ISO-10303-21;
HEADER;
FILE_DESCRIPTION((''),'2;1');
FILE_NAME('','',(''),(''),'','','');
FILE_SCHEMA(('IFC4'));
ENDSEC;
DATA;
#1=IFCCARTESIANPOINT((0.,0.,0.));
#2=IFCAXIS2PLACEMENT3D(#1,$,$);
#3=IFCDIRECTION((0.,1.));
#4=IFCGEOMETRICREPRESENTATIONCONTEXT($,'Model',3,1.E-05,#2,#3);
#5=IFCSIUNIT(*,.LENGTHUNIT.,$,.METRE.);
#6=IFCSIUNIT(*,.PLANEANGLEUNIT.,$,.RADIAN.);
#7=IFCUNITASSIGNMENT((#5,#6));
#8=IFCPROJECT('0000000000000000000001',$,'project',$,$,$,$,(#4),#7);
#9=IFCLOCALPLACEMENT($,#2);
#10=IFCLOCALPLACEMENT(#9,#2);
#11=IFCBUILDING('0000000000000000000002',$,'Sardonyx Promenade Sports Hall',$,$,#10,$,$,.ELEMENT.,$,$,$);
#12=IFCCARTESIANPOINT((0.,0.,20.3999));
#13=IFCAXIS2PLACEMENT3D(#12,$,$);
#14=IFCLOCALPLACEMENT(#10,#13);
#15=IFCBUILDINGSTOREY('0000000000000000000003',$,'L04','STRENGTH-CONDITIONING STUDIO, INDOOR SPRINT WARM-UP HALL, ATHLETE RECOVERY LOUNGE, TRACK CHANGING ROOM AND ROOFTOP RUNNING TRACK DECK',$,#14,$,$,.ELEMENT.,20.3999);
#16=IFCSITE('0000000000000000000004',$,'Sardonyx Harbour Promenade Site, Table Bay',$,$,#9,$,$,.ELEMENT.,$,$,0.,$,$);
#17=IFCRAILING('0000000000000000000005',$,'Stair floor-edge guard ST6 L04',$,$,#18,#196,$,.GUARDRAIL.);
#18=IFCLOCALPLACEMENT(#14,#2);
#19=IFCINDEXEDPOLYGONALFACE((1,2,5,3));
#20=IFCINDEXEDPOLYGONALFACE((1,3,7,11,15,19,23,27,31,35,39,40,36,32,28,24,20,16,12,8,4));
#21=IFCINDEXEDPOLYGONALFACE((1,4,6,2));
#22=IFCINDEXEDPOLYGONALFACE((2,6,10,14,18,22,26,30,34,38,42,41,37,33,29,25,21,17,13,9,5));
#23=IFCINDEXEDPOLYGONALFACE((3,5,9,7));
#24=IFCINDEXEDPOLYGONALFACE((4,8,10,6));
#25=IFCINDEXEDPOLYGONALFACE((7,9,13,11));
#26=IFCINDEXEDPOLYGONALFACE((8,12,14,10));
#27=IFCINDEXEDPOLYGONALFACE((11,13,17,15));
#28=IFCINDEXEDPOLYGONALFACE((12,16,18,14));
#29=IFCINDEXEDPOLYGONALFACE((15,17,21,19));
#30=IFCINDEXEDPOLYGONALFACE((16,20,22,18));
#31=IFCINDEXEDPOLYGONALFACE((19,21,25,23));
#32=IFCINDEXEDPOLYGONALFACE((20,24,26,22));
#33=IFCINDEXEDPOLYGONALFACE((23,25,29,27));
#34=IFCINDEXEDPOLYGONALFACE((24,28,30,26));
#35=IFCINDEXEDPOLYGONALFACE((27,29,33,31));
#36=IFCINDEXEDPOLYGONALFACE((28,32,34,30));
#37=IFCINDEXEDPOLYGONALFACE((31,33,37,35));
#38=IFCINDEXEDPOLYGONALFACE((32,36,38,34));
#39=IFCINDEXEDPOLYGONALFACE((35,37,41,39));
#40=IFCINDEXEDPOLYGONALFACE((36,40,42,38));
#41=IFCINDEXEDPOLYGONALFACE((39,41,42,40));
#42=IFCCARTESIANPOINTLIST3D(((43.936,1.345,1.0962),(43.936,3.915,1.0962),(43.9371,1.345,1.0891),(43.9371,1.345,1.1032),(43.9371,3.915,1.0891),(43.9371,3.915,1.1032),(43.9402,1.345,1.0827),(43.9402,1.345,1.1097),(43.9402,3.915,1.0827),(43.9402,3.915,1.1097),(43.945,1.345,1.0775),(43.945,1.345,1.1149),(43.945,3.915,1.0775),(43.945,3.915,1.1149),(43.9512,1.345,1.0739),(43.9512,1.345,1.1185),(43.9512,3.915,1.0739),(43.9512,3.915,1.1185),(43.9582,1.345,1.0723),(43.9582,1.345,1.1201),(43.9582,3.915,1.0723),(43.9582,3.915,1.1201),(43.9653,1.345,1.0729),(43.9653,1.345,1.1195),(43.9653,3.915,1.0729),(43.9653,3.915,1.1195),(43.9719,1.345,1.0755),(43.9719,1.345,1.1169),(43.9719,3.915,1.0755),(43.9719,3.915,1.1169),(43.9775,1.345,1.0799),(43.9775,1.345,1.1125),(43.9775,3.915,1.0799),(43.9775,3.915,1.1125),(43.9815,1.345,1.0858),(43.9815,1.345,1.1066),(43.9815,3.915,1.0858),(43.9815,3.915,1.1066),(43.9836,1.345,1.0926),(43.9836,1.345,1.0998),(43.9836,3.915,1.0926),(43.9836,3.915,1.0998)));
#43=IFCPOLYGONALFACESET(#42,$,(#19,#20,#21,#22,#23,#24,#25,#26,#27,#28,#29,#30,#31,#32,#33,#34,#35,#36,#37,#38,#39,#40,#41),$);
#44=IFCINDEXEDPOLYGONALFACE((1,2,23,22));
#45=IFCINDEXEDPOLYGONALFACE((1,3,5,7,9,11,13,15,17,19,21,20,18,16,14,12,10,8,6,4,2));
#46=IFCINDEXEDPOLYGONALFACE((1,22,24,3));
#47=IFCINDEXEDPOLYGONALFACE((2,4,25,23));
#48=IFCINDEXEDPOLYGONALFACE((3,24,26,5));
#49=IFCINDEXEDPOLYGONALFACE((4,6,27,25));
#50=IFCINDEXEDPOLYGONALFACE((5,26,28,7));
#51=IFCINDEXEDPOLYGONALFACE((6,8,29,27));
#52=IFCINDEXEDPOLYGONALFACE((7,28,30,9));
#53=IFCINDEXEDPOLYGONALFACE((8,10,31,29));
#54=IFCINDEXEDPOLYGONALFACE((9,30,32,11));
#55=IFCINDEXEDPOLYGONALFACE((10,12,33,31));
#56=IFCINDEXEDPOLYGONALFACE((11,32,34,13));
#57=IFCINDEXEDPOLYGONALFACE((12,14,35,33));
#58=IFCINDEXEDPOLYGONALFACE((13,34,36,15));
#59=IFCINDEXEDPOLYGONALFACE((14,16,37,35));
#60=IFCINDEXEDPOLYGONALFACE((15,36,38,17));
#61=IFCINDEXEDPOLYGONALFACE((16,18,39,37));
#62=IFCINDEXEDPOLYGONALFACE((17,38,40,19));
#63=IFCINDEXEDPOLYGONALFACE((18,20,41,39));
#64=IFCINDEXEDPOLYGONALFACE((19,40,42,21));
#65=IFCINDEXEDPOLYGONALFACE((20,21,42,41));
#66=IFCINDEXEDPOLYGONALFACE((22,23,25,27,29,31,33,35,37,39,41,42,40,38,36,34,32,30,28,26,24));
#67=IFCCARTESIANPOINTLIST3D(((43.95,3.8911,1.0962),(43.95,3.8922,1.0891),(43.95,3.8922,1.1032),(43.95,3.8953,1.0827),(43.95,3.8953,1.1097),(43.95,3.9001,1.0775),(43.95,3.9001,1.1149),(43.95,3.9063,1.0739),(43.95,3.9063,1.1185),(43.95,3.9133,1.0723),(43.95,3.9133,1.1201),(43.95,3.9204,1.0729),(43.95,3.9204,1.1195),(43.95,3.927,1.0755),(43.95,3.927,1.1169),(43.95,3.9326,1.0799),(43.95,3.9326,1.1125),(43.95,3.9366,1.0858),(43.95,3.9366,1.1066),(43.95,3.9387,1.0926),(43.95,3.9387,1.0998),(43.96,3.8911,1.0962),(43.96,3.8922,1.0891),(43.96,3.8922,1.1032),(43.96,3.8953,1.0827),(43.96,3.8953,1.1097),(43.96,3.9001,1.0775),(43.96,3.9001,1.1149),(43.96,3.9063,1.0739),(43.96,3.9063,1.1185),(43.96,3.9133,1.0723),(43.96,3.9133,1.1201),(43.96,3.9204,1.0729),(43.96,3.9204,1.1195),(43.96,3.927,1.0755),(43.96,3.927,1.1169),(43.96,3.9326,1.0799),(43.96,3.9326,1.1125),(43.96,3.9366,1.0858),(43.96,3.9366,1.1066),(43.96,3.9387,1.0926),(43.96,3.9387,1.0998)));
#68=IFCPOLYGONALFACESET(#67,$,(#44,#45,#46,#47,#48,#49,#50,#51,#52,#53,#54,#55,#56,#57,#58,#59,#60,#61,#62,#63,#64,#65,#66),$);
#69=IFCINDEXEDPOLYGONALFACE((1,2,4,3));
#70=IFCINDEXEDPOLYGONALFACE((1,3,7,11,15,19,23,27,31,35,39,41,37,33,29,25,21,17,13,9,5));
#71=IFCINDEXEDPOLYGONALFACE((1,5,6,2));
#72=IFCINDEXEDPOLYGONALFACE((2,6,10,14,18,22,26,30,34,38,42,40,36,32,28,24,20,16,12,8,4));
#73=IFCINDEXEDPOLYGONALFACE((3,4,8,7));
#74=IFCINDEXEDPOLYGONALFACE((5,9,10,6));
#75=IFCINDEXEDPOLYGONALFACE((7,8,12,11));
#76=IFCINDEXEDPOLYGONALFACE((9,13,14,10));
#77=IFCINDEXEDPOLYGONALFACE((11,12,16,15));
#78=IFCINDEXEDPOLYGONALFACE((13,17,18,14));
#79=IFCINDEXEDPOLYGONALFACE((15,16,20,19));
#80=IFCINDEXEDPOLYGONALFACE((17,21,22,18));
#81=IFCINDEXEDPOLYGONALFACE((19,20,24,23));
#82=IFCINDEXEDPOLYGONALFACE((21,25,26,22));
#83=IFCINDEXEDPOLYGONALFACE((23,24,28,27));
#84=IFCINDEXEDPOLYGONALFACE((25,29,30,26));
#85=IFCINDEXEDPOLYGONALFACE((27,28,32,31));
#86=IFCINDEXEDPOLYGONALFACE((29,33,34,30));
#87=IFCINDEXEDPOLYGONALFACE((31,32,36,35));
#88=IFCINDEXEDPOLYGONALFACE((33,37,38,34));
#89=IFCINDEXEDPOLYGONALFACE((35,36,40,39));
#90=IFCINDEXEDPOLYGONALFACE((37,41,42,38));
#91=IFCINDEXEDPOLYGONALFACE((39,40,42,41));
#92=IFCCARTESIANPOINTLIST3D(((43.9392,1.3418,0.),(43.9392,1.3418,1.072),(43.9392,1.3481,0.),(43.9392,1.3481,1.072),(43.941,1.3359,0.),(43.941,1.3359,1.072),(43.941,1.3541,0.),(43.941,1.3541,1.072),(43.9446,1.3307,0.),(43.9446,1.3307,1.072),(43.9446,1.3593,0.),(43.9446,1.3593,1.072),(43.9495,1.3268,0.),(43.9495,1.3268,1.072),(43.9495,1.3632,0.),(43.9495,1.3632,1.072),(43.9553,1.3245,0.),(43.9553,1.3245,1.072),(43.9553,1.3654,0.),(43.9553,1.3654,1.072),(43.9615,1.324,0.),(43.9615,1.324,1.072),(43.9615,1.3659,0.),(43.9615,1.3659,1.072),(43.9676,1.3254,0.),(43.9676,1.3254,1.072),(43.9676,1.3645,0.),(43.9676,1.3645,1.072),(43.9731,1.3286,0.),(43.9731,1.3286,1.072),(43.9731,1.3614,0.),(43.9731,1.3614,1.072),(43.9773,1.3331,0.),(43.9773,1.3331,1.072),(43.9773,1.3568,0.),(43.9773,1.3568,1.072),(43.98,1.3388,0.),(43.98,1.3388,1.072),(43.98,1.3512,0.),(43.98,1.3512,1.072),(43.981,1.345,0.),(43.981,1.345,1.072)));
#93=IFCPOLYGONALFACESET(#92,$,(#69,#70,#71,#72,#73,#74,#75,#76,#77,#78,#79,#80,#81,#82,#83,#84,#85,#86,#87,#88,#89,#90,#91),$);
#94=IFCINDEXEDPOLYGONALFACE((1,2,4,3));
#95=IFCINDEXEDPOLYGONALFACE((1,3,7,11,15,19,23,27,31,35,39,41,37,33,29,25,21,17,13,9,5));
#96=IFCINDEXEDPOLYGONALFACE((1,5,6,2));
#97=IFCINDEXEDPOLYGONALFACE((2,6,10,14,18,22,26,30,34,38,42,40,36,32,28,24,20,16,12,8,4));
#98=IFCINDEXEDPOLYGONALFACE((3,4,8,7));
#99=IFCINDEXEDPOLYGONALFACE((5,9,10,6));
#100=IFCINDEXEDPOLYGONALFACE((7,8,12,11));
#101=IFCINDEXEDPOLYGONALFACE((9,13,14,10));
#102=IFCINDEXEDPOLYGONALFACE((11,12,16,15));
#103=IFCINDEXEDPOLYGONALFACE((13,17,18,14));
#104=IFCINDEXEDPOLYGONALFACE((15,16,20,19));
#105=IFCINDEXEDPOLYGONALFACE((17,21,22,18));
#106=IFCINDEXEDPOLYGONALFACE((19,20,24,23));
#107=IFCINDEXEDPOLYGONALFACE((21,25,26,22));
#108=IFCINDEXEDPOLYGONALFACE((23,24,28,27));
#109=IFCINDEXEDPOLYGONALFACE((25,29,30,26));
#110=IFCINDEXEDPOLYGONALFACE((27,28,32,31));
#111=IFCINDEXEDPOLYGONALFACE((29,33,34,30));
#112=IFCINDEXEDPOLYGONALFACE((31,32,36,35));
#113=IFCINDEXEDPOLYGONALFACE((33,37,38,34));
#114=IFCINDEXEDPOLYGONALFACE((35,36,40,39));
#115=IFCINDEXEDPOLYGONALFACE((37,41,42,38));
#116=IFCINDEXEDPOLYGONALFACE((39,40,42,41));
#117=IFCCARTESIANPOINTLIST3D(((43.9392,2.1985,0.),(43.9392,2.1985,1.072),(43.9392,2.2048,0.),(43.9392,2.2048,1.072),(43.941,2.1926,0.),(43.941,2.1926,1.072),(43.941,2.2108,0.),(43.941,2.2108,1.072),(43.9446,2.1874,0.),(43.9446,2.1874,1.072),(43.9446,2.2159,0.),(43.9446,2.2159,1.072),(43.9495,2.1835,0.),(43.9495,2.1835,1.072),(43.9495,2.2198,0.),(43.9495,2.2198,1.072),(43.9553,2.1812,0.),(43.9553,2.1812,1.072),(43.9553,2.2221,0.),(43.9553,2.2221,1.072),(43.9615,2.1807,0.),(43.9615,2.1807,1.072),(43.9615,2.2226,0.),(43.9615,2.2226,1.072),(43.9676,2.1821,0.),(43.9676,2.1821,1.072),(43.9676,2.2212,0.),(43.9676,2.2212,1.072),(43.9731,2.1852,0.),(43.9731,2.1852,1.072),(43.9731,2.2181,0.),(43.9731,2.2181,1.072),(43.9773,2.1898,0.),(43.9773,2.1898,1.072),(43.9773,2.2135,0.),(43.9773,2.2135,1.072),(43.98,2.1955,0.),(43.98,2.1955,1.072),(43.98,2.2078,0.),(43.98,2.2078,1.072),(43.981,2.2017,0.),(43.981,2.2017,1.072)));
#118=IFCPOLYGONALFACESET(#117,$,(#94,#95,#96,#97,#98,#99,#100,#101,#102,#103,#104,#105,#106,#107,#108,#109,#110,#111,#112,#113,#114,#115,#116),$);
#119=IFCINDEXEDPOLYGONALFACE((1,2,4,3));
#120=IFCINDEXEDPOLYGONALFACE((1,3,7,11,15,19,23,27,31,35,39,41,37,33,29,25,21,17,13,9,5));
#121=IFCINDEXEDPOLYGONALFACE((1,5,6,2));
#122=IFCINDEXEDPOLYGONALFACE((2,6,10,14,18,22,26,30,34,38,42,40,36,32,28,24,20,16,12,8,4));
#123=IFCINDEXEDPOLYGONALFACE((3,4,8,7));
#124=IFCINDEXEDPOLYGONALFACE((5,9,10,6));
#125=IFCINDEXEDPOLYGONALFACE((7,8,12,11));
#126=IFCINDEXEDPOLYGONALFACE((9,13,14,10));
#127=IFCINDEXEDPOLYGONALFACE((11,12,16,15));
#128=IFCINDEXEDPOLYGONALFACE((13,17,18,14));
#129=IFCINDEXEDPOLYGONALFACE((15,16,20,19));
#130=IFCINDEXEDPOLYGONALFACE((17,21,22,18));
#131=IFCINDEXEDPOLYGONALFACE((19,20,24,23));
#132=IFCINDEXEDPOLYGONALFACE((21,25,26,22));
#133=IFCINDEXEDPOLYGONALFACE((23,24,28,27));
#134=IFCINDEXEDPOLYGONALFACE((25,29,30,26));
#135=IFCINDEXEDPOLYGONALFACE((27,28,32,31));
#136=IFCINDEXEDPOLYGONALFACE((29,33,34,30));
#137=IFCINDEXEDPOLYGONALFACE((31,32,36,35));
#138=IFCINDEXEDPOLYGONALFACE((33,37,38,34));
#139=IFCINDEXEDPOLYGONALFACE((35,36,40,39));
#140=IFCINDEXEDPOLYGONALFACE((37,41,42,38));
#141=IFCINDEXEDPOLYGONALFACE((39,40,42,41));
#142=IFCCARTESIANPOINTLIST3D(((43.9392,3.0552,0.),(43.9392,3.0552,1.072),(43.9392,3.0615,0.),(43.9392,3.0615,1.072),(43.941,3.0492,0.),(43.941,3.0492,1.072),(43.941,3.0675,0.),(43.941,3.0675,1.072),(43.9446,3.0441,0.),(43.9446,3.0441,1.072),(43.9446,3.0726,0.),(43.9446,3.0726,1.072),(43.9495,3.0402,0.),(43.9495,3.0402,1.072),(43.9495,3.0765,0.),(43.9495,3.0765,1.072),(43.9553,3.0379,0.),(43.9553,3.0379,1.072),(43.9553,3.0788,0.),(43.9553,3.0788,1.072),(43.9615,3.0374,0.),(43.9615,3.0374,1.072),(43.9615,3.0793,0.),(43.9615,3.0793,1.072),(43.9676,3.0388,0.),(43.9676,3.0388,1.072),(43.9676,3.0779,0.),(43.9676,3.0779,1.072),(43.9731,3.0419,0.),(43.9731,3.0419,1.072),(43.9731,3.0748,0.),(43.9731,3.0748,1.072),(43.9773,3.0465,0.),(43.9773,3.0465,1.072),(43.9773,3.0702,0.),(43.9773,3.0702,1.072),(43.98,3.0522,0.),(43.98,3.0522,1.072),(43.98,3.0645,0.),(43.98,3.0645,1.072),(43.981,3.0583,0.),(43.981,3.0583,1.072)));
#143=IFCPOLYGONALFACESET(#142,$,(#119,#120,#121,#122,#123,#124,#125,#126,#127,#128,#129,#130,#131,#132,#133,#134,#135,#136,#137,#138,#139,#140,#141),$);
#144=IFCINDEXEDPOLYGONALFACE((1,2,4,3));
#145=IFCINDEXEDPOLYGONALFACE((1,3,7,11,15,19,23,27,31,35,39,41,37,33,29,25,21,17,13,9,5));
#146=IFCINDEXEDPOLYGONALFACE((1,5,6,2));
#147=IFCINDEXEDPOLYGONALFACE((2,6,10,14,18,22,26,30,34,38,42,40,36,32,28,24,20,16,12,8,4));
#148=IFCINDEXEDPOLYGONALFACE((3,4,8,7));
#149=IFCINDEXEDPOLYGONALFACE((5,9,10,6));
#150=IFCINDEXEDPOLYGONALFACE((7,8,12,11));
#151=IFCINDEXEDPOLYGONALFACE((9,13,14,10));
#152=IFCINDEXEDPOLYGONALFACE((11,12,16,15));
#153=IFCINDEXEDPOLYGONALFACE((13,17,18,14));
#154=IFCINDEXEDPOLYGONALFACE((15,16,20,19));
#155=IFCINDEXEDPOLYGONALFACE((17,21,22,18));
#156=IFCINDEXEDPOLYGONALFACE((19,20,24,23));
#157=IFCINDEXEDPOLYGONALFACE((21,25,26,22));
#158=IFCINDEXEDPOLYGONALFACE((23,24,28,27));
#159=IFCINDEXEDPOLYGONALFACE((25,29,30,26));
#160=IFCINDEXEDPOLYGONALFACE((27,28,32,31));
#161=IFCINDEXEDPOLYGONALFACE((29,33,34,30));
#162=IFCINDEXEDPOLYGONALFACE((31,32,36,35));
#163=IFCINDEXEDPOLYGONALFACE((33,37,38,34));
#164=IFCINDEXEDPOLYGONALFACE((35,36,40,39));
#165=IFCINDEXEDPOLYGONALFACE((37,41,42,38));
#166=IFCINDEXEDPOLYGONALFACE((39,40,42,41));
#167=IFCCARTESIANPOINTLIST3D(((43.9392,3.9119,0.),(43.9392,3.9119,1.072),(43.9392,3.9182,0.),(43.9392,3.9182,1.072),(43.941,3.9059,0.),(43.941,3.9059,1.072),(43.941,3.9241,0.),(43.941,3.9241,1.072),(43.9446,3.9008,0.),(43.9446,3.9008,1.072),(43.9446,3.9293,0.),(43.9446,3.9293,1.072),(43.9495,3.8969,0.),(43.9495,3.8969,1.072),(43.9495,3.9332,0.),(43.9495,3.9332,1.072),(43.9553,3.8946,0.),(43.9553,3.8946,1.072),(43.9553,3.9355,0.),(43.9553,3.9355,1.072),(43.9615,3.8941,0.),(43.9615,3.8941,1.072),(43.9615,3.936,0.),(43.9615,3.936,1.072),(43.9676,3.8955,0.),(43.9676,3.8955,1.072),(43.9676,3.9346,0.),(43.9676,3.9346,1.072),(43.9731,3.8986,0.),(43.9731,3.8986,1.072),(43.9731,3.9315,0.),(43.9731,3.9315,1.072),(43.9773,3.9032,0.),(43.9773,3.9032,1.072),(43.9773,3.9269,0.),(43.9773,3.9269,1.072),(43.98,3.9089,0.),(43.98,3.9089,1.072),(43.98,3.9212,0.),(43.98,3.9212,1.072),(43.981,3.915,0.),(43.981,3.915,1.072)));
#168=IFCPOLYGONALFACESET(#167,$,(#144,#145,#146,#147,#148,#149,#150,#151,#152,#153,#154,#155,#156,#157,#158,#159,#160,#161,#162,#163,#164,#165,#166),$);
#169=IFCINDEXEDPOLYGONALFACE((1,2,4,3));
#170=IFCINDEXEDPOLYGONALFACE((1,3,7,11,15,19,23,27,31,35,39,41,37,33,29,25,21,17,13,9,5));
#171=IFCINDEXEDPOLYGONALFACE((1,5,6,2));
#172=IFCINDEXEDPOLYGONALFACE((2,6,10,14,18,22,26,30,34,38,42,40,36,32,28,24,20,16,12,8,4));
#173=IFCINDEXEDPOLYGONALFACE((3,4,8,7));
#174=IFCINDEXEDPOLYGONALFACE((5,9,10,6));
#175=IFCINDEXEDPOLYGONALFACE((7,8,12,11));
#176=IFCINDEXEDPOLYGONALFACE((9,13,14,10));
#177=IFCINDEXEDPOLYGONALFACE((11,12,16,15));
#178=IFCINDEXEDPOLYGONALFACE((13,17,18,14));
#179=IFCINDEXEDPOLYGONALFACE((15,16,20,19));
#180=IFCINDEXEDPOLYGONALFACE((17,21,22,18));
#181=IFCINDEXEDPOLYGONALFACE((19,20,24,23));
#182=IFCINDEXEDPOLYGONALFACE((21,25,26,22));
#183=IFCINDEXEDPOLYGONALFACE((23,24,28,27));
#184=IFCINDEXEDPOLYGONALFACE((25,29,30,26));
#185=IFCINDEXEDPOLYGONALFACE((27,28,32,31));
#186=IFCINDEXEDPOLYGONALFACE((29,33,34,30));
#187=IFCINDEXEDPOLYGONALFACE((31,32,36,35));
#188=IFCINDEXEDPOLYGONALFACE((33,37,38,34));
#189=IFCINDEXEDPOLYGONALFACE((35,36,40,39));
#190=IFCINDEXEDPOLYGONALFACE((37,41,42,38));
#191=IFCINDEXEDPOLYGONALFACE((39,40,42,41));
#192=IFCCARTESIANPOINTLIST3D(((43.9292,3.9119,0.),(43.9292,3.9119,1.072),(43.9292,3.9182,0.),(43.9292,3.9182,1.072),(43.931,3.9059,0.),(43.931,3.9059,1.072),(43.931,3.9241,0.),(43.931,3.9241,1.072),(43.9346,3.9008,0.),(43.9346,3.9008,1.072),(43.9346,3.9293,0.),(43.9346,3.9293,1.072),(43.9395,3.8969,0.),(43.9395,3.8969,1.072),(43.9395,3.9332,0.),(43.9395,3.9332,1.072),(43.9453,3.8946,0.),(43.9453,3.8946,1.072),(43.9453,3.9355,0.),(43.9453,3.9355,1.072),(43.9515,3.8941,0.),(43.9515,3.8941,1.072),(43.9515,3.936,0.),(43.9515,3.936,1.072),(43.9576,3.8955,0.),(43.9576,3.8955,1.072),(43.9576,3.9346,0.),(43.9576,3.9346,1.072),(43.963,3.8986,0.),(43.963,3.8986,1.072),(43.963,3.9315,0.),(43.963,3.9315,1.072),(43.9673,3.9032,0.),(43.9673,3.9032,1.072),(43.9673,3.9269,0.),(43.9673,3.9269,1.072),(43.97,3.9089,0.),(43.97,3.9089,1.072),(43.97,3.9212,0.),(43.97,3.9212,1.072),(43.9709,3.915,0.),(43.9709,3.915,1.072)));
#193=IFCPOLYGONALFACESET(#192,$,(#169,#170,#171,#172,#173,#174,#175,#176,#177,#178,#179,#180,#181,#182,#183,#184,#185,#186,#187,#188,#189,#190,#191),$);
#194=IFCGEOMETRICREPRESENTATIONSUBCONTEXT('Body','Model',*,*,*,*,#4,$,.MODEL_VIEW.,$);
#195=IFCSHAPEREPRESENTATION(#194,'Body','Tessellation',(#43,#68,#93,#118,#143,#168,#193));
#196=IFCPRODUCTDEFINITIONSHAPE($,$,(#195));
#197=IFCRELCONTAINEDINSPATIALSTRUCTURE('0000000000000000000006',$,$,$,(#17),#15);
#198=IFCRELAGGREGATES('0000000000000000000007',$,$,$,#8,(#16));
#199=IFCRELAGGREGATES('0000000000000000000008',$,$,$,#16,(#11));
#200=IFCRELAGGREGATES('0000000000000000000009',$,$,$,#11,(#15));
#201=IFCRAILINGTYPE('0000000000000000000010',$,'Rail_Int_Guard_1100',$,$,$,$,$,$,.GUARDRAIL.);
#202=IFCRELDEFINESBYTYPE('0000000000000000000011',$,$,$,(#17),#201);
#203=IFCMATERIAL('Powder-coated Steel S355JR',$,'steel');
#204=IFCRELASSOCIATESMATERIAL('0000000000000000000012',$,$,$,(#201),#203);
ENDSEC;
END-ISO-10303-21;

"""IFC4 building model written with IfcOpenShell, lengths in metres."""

from ifc_helpers import new_model, si_unit, direction, frame, origin, origin_2d, place, context, subcontext, project, spatial, circle, extrude, material, type_object, element, save


model = new_model("IFC4")

# Units and contexts
model_context = context("Model", 3, precision=1e-05, world=origin(), true_north=direction((0.0, 1.0)))
body_context = subcontext(model_context, "Body", "Model", "MODEL_VIEW")
ifc_project = project(units=[si_unit("LENGTHUNIT", "METRE"), si_unit("PLANEANGLEUNIT", "RADIAN")], contexts=[model_context])

# Site, building, storey
site_placement = place(None, origin())
site = spatial("IfcSite", under=ifc_project, at=site_placement, Name="Sardonyx Harbour Promenade Site, Table Bay", CompositionType="ELEMENT", RefElevation=0.0)
building_placement = place(site_placement, origin())
building = spatial("IfcBuilding", under=site, at=building_placement, Name="Sardonyx Promenade Sports Hall", CompositionType="ELEMENT")
storey_placement = place(building_placement, frame((0.0, 0.0, 20.3999)))
storey = spatial("IfcBuildingStorey", under=building, at=storey_placement, Name="L04", Description="STRENGTH-CONDITIONING STUDIO, INDOOR SPRINT WARM-UP HALL, ATHLETE RECOVERY LOUNGE, TRACK CHANGING ROOM AND ROOFTOP RUNNING TRACK DECK", CompositionType="ELEMENT", Elevation=20.3999)

# Railing
ifc_material_1 = material(Name="Powder-coated Steel S355JR", Category="steel")
railing_type_1 = type_object("IfcRailingType", Name="Rail_Int_Guard_1100", PredefinedType="GUARDRAIL", material=ifc_material_1)
railing_1_placement = place(storey_placement, frame((43.96, 1.345, 0.0)))
element("IfcRailing", 1, at=railing_1_placement, inside=storey, type_object=railing_type_1, Name="Stair floor-edge guard ST6 L04", PredefinedType="GUARDRAIL", context=body_context, shape_type="SweptSolid", body=[
    extrude(circle(Radius=0.0239, at=origin_2d()), frame((0.0, 0.0, 1.0962), z_axis=(0.0, 1.0, 0.0), x_axis=(-1.0, 0.0, 0.0)), (0.0, 0.0, 1.0), 2.5701),
    extrude(circle(Radius=0.0239, at=origin_2d()), frame((0.0, 2.5701, 1.0962), z_axis=(-1.0, 0.0, 0.0), x_axis=(0.0, -1.0, 0.0)), (0.0, 0.0, 1.0), 0.01),
    extrude(circle(Radius=0.021, at=origin_2d()), origin(), (0.0, 0.0, 1.0), 1.072),
    extrude(circle(Radius=0.021, at=origin_2d()), frame((0.0, 0.8567, 0.0)), (0.0, 0.0, 1.0), 1.072),
    extrude(circle(Radius=0.021, at=origin_2d()), frame((0.0, 1.7134, 0.0)), (0.0, 0.0, 1.0), 1.072),
    extrude(circle(Radius=0.021, at=origin_2d()), frame((0.0, 2.5701, 0.0)), (0.0, 0.0, 1.0), 1.072),
    extrude(circle(Radius=0.021, at=origin_2d()), frame((-0.01, 2.5701, 0.0)), (0.0, 0.0, 1.0), 1.072),
])

save(model, "model.ifc")
